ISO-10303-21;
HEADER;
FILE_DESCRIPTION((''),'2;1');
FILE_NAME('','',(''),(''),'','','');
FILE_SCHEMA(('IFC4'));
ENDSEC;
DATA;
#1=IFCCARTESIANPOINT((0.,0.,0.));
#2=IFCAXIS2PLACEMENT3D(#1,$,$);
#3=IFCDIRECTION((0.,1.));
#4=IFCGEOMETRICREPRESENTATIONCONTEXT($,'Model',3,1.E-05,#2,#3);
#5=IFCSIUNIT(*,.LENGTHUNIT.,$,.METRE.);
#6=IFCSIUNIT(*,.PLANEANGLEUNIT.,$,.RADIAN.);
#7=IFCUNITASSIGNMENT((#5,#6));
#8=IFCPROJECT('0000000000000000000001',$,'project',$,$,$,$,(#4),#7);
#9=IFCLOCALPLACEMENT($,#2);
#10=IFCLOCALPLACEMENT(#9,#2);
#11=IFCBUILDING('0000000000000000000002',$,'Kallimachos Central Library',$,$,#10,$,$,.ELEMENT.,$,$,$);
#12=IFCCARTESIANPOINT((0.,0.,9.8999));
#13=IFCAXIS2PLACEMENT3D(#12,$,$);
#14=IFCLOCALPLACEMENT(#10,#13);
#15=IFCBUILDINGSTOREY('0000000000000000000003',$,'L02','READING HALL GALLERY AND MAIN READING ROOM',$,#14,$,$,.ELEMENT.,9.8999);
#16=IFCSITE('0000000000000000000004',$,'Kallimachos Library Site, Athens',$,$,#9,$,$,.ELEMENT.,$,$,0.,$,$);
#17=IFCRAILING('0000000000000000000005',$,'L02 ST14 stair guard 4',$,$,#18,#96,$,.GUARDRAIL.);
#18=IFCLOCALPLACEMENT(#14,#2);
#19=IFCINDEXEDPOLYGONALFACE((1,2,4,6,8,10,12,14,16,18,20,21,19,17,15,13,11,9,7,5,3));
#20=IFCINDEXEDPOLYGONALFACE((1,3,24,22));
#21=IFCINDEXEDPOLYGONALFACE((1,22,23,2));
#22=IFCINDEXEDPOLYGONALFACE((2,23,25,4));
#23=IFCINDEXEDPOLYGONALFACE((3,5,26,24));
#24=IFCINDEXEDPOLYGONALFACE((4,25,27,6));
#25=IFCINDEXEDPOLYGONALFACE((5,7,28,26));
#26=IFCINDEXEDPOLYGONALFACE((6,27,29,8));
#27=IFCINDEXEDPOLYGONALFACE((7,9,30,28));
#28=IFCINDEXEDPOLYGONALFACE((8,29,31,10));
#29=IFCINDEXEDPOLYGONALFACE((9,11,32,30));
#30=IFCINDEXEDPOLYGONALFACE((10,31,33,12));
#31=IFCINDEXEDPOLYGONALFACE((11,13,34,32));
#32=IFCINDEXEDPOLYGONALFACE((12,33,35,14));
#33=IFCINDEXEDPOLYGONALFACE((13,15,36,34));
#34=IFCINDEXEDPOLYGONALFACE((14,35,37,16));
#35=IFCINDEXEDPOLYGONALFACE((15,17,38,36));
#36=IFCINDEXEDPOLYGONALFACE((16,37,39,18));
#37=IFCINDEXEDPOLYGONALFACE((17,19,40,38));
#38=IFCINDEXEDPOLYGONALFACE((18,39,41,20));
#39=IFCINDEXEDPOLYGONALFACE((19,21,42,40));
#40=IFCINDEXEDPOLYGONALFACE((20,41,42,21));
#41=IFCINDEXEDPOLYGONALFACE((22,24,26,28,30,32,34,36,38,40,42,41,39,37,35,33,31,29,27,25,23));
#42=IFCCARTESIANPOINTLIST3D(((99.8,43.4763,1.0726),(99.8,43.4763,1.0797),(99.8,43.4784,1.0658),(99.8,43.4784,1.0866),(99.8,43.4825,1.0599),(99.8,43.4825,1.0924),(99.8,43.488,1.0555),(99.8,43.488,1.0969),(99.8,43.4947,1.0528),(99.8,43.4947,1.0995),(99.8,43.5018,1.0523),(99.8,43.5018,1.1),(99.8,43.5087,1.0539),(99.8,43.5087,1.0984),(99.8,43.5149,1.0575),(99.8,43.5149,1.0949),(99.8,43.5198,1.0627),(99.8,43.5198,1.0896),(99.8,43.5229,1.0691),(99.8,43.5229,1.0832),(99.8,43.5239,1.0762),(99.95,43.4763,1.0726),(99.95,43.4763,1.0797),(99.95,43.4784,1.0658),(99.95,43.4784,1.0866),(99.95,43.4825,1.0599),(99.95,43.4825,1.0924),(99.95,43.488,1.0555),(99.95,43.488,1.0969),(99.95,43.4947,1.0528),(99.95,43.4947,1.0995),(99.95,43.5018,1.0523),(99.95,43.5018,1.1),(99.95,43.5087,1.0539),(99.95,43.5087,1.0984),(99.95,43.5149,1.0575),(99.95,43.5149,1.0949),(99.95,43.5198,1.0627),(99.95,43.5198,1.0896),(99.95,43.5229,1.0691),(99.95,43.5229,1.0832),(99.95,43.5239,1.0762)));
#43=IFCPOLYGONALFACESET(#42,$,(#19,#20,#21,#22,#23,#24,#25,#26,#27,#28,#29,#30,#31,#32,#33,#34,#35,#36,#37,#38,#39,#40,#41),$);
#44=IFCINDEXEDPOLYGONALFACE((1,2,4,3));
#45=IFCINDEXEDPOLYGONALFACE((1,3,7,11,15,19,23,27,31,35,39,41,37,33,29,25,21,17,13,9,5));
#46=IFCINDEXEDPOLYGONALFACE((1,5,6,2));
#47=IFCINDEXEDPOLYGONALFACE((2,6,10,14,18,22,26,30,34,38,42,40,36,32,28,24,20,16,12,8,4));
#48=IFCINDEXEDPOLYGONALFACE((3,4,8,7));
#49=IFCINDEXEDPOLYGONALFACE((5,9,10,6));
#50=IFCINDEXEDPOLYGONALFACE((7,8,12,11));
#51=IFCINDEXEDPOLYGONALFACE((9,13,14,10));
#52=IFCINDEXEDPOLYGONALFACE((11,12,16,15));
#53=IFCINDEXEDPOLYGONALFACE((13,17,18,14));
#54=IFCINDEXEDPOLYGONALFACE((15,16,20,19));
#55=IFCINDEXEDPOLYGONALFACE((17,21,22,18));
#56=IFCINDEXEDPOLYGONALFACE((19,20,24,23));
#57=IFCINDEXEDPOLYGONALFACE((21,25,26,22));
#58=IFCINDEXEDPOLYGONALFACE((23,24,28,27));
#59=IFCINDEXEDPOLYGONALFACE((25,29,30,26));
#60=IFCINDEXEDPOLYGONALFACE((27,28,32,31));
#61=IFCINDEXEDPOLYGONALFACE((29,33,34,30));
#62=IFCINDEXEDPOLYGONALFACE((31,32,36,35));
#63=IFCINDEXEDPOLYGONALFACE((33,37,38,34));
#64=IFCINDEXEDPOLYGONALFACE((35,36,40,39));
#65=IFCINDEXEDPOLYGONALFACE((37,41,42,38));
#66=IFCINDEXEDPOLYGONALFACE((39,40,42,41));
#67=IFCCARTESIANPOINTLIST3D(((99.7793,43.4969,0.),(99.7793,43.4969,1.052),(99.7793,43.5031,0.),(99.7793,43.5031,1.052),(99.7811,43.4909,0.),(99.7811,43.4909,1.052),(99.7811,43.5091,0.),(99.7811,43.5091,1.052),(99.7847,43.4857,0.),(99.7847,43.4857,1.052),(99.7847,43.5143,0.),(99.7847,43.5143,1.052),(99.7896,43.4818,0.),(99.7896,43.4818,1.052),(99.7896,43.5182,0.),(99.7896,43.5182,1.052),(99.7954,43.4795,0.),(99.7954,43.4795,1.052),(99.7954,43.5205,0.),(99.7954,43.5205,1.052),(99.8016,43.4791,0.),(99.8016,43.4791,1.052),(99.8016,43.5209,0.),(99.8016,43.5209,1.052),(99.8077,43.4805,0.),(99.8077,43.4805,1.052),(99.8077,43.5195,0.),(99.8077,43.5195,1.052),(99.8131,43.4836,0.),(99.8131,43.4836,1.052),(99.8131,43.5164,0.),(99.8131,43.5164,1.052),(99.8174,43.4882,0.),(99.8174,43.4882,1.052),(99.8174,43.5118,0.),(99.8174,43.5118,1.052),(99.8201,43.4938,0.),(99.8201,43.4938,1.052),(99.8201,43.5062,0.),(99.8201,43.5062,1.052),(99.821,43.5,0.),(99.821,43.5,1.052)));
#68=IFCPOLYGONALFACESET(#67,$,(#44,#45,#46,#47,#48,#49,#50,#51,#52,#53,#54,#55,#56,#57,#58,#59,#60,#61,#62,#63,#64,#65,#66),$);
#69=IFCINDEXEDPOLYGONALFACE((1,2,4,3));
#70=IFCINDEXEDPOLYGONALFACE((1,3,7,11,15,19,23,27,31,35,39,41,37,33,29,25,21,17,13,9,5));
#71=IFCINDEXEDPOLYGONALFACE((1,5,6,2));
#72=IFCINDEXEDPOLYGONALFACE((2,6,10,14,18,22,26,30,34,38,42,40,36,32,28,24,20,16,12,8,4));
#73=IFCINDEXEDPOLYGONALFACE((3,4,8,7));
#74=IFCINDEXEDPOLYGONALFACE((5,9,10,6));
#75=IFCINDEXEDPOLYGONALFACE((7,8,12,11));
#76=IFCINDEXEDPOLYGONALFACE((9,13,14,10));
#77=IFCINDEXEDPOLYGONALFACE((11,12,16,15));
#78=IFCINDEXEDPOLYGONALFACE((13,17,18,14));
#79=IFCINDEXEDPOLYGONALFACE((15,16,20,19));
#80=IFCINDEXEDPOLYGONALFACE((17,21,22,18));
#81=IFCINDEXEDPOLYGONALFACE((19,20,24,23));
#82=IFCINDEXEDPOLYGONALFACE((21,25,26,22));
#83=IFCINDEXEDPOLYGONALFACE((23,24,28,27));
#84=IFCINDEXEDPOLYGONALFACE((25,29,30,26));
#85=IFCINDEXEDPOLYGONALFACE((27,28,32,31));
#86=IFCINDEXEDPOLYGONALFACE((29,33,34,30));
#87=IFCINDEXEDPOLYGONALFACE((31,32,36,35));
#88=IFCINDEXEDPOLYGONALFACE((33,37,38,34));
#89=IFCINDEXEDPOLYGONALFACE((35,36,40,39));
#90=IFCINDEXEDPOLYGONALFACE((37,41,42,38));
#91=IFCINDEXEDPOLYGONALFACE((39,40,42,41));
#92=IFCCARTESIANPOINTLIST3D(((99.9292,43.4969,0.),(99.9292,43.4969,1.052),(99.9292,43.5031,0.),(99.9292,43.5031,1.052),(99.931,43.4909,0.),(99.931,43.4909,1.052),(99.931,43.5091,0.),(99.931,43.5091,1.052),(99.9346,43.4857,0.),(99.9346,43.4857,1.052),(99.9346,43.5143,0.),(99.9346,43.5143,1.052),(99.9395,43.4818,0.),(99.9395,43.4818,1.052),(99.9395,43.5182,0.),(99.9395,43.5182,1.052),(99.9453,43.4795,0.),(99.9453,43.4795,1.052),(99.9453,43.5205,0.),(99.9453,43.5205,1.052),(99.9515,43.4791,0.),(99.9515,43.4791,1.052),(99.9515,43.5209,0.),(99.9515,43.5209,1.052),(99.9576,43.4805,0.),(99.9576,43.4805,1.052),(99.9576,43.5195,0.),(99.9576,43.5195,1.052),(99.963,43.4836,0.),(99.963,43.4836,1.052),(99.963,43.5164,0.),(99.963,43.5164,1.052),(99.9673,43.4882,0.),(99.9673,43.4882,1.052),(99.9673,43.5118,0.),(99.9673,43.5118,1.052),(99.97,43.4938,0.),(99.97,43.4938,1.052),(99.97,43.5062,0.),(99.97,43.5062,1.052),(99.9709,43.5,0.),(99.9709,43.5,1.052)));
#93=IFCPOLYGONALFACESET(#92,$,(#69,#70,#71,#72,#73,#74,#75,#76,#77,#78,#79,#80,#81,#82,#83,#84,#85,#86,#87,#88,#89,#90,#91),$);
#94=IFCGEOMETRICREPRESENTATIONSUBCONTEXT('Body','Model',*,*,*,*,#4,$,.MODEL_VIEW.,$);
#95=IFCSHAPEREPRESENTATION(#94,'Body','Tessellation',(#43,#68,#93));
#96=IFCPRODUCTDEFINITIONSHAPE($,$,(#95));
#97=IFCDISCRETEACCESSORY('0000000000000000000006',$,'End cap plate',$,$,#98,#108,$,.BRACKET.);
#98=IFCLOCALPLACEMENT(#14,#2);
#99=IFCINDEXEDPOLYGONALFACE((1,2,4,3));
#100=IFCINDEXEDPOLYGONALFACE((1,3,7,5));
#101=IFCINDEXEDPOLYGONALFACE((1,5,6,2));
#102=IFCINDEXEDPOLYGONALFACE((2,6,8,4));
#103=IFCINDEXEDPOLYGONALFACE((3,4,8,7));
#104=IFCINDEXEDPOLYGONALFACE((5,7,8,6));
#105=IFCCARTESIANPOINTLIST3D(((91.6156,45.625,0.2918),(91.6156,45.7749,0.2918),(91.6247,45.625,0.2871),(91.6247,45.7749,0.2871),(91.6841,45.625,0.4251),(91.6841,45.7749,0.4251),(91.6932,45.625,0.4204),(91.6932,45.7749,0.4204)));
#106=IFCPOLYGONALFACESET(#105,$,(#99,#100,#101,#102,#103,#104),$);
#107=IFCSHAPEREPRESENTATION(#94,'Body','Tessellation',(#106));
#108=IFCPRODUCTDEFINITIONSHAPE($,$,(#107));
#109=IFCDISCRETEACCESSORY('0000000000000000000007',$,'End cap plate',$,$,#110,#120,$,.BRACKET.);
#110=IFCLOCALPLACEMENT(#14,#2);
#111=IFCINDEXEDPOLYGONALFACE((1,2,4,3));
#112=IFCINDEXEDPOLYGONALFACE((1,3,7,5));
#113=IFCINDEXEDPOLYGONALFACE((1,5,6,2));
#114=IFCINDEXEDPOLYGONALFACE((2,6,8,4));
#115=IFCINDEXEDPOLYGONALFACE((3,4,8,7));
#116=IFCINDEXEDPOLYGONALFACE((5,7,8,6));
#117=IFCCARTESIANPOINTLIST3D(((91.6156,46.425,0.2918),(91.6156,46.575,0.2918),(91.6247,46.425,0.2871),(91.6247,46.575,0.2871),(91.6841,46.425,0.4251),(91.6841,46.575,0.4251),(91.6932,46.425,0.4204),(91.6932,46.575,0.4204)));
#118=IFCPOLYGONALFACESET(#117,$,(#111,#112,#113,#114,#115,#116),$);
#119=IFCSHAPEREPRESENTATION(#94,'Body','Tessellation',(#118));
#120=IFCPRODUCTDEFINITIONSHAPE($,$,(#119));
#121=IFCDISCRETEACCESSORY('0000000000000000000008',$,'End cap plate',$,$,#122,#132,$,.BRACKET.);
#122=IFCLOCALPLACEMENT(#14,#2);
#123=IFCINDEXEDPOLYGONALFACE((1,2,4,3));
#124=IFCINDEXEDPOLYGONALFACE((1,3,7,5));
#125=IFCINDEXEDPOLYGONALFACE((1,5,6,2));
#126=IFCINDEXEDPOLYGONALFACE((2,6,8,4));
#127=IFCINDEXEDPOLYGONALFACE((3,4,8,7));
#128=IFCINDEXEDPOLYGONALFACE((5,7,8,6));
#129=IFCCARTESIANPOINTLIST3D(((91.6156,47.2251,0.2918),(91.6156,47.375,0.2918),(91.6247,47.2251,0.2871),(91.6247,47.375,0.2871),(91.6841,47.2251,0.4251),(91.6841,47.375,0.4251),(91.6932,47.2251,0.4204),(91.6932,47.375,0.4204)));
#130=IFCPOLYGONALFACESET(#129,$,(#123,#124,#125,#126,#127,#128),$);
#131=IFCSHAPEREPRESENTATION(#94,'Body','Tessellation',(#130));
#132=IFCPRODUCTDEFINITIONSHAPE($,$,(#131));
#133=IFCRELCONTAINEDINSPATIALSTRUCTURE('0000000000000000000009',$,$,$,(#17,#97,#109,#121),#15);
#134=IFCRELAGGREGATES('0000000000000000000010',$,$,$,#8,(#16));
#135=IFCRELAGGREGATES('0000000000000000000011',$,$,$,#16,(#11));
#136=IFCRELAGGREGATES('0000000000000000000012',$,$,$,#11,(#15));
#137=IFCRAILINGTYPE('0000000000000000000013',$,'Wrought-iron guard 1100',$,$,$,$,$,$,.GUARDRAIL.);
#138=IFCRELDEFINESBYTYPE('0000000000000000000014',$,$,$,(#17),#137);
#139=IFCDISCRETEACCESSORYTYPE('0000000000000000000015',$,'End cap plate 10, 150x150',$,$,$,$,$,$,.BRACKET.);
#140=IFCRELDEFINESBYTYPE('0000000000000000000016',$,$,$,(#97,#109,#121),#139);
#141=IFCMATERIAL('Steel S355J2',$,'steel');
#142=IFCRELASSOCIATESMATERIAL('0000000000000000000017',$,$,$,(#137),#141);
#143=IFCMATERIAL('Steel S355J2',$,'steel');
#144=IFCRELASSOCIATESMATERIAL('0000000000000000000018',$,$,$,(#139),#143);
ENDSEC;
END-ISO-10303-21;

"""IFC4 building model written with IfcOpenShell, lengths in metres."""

from ifc_helpers import new_model, si_unit, direction, frame, origin, origin_2d, place, context, subcontext, project, spatial, rectangle, circle, extrude, material, material_profile, profile_set, type_object, element, save


model = new_model("IFC4")

# Units and contexts
model_context = context("Model", 3, precision=1e-05, world=origin(), true_north=direction((0.0, 1.0)))
body_context = subcontext(model_context, "Body", "Model", "MODEL_VIEW")
ifc_project = project(units=[si_unit("LENGTHUNIT", "METRE"), si_unit("PLANEANGLEUNIT", "RADIAN")], contexts=[model_context])

# Site, building, storey
site_placement = place(None, origin())
site = spatial("IfcSite", under=ifc_project, at=site_placement, Name="Kallimachos Library Site, Athens", CompositionType="ELEMENT", RefElevation=0.0)
building_placement = place(site_placement, origin())
building = spatial("IfcBuilding", under=site, at=building_placement, Name="Kallimachos Central Library", CompositionType="ELEMENT")
storey_placement = place(building_placement, frame((0.0, 0.0, 9.8999)))
storey = spatial("IfcBuildingStorey", under=building, at=storey_placement, Name="L02", Description="READING HALL GALLERY AND MAIN READING ROOM", CompositionType="ELEMENT", Elevation=9.8999)

# Railing
ifc_material_1 = material(Name="Steel S355J2", Category="steel")
railing_type = type_object("IfcRailingType", Name="Wrought-iron guard 1100", PredefinedType="GUARDRAIL", material=ifc_material_1)
railing_1_placement = place(storey_placement, frame((99.8, 43.5, 0.0)))
element("IfcRailing", 1, at=railing_1_placement, inside=storey, type_object=railing_type, Name="L02 ST14 stair guard 4", PredefinedType="GUARDRAIL", context=body_context, shape_type="SweptSolid", body=[
    extrude(circle(Radius=0.0239, at=origin_2d()), frame((0.0, 0.0, 1.0762), z_axis=(1.0, 0.0, 0.0), x_axis=(0.0, 1.0, 0.0)), (0.0, 0.0, 1.0), 0.1499),
    extrude(circle(Radius=0.021, at=origin_2d()), origin(), (0.0, 0.0, 1.0), 1.052),
    extrude(circle(Radius=0.021, at=origin_2d()), frame((0.1499, 0.0, 0.0)), (0.0, 0.0, 1.0), 1.052),
])

# Discrete accessories
ifc_material_2 = material(Name="Steel S355J2", Category="steel")
ifc_material_profile_1 = material_profile(ifc_material_2, rectangle(XDim=0.1499, YDim=0.1499, at=origin_2d()), Name="End cap plate 10, 150x150")
ifc_profile_set_1 = profile_set([ifc_material_profile_1], Name="Steel S355J2")
discrete_accessory_type = type_object("IfcDiscreteAccessoryType", Name="End cap plate 10, 150x150", PredefinedType="BRACKET", material=ifc_profile_set_1)
for number, where, z_axis, x_axis, name in (
    (2, (91.6589, 45.7, 0.3538), (-0.889567, 0.0, 0.456805), (0.0, -1.0, 0.0), "End cap plate"),
    (3, (91.6589, 46.5, 0.3538), (-0.889567, 0.0, 0.456805), (0.0, -1.0, 0.0), "End cap plate"),
    (4, (91.6589, 47.3, 0.3538), (-0.889567, 0.0, 0.456805), (0.0, -1.0, 0.0), "End cap plate"),
):
    element("IfcDiscreteAccessory", number, at=place(storey_placement, frame(where, z_axis=z_axis, x_axis=x_axis)), inside=storey, type_object=discrete_accessory_type, Name=name, PredefinedType="BRACKET", context=body_context, shape_type="SweptSolid", body=[
        extrude(rectangle(XDim=0.1499, YDim=0.1499, at=origin_2d()), origin(), (0.0, 0.0, 1.0), 0.0103),
    ])

save(model, "model.ifc")
